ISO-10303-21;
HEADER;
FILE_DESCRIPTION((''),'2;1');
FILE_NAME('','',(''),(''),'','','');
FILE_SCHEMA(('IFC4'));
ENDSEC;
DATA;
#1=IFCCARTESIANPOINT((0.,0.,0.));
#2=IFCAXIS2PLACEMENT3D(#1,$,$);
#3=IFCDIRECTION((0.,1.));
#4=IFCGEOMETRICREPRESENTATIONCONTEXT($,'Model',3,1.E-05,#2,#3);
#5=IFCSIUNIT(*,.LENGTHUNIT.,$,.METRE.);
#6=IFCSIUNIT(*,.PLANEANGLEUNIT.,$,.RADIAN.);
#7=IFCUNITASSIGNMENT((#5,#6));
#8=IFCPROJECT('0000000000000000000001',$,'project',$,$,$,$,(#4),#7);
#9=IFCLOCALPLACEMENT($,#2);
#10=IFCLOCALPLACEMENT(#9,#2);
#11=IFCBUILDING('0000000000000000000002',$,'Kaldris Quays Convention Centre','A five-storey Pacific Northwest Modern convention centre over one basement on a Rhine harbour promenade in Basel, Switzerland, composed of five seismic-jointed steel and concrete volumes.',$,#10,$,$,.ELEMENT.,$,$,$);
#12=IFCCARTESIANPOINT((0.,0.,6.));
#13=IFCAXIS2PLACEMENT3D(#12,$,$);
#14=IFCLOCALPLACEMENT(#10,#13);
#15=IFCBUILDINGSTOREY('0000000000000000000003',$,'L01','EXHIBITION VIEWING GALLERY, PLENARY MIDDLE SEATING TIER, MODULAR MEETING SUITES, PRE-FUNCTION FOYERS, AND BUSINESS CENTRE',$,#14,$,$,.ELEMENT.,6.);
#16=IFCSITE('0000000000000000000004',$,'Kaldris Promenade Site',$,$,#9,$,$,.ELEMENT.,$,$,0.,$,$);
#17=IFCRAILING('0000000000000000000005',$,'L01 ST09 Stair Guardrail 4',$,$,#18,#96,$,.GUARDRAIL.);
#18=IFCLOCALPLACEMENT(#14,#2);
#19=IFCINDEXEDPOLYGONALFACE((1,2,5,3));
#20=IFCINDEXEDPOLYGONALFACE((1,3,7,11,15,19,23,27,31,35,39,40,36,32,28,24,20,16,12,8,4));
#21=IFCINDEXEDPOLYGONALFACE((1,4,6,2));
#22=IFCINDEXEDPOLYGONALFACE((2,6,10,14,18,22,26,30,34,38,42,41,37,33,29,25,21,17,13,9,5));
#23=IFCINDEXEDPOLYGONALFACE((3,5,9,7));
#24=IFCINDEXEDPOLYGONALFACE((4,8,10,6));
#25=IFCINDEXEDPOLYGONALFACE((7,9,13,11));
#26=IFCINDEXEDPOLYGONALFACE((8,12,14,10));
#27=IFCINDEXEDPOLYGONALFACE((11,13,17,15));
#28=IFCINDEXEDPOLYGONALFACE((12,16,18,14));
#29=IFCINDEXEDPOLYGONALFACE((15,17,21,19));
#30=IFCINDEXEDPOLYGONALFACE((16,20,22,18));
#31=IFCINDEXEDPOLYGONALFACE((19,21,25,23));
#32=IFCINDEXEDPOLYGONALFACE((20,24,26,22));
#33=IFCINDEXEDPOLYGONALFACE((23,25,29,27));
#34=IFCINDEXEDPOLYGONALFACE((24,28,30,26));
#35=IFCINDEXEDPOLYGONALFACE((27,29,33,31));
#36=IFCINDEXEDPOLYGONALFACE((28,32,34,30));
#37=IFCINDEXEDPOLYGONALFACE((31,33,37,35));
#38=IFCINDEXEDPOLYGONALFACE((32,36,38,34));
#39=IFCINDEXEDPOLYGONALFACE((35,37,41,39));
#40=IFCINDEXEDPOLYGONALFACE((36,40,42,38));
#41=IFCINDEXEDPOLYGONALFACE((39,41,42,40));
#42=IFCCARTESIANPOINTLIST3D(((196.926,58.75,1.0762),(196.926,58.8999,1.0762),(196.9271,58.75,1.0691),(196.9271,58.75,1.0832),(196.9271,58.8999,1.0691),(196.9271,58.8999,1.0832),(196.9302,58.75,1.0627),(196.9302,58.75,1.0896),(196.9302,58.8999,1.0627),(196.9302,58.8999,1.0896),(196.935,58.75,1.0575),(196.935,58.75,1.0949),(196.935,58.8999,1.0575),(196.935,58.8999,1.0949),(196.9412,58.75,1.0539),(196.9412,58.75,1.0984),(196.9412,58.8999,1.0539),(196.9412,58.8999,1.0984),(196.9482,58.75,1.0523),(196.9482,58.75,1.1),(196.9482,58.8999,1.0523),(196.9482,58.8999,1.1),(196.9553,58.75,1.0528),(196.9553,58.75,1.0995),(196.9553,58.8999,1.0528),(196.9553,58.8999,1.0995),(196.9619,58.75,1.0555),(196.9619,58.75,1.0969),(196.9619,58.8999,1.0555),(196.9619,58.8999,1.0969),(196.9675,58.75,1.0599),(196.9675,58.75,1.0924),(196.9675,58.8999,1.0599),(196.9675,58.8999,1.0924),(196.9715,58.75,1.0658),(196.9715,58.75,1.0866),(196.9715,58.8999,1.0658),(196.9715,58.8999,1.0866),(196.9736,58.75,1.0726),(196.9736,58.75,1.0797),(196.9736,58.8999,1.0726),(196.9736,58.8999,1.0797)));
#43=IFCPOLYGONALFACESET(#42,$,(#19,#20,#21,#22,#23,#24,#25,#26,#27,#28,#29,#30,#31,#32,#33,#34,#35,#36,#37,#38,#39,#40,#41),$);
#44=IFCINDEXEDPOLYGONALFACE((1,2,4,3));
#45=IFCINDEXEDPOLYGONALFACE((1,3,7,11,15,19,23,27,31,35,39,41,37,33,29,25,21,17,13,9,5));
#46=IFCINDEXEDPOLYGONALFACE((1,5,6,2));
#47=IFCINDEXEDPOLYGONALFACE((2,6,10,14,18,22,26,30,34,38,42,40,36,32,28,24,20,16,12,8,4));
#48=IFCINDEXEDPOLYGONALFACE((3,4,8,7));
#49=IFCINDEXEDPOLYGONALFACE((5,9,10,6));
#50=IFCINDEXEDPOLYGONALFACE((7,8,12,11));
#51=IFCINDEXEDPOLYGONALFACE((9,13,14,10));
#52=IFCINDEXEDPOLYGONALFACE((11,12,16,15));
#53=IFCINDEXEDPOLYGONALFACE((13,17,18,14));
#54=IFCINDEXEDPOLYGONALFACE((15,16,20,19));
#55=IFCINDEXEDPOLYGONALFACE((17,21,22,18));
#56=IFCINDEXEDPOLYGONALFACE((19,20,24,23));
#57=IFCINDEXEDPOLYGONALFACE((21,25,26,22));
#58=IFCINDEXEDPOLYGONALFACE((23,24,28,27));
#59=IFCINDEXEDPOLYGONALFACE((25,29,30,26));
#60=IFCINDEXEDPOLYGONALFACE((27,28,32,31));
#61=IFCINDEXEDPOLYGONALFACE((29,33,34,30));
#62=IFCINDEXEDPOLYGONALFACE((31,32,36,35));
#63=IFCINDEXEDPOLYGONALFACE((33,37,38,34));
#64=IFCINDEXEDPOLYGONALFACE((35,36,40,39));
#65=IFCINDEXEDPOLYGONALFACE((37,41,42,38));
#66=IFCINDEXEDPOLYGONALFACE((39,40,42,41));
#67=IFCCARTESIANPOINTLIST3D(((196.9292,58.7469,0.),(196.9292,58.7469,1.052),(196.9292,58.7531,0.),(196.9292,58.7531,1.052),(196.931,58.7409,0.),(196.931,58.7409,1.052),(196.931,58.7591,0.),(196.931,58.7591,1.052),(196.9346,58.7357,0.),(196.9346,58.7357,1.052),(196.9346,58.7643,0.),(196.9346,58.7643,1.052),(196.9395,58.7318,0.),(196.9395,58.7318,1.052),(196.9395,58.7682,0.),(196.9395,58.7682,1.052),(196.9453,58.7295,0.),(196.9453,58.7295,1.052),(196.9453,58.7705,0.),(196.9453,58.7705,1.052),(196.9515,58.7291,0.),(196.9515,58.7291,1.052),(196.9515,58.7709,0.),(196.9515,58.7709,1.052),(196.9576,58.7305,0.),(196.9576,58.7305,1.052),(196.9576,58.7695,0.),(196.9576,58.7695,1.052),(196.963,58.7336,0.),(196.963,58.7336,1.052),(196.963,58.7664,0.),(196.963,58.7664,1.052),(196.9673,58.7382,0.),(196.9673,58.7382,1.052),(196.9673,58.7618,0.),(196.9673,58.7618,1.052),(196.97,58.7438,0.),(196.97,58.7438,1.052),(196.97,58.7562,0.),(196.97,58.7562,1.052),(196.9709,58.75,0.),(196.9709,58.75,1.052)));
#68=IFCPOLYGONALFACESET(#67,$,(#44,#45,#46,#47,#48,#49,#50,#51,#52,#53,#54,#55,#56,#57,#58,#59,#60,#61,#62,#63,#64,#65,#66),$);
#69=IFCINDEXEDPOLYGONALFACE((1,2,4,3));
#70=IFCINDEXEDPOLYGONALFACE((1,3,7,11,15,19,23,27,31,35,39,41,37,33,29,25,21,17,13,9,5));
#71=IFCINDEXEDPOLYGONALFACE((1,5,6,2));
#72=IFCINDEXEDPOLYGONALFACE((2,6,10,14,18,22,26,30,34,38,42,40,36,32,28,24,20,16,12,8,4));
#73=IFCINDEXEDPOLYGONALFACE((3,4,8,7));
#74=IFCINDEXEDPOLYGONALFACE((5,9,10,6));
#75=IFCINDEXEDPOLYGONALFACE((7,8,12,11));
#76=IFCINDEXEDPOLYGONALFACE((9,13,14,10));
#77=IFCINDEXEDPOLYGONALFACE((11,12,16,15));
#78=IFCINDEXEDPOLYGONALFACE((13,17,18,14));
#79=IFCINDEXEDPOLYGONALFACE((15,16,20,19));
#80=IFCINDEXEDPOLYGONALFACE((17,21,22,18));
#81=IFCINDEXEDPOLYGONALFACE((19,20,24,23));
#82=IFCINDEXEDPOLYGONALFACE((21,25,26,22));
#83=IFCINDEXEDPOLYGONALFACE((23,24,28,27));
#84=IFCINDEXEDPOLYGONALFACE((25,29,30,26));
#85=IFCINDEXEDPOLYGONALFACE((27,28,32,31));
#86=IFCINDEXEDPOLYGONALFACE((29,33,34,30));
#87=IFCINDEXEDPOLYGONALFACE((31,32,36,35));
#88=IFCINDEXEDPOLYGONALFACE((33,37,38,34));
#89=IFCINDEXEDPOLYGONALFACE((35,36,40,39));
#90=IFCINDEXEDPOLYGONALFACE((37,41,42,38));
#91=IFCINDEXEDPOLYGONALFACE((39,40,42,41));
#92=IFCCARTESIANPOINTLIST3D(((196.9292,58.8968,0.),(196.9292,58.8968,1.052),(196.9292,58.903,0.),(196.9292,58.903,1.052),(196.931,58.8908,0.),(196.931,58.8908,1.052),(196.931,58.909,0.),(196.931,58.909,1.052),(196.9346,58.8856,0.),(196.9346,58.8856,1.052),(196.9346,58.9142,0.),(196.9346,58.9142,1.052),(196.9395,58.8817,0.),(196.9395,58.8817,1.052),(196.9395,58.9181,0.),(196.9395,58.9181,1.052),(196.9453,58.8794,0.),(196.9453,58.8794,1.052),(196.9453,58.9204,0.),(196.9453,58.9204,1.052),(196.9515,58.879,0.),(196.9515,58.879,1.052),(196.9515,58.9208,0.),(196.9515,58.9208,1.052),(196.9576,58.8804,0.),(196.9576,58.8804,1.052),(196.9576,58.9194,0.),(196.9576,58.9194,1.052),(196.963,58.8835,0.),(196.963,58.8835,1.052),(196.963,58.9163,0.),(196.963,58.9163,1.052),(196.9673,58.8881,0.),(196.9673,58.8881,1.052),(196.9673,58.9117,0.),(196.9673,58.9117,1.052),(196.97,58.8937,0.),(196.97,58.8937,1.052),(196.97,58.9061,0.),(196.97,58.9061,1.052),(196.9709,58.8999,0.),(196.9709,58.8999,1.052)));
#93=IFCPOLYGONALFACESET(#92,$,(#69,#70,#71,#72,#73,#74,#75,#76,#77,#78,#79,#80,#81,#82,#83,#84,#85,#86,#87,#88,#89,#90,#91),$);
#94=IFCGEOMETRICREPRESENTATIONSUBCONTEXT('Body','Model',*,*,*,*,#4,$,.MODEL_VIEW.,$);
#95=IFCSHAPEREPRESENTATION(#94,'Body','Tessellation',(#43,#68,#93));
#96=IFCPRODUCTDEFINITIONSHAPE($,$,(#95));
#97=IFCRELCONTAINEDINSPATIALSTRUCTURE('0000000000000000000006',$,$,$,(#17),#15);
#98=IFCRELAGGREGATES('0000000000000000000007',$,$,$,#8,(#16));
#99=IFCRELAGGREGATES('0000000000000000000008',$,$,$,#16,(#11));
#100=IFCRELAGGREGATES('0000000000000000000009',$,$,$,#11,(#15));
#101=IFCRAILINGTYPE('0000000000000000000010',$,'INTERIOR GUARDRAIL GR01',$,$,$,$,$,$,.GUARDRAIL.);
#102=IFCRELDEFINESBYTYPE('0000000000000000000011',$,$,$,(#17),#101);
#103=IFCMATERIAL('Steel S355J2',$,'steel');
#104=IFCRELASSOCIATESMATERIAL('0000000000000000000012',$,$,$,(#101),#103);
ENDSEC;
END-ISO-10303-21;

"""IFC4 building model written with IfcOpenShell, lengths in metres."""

from ifc_helpers import new_model, si_unit, direction, frame, origin, origin_2d, place, context, subcontext, project, spatial, circle, extrude, material, type_object, element, save


model = new_model("IFC4")

# Units and contexts
model_context = context("Model", 3, precision=1e-05, world=origin(), true_north=direction((0.0, 1.0)))
body_context = subcontext(model_context, "Body", "Model", "MODEL_VIEW")
ifc_project = project(units=[si_unit("LENGTHUNIT", "METRE"), si_unit("PLANEANGLEUNIT", "RADIAN")], contexts=[model_context])

# Site, building, storey
site_placement = place(None, origin())
site = spatial("IfcSite", under=ifc_project, at=site_placement, Name="Kaldris Promenade Site", CompositionType="ELEMENT", RefElevation=0.0)
building_placement = place(site_placement, origin())
building = spatial("IfcBuilding", under=site, at=building_placement, Name="Kaldris Quays Convention Centre", Description="A five-storey Pacific Northwest Modern convention centre over one basement on a Rhine harbour promenade in Basel, Switzerland, composed of five seismic-jointed steel and concrete volumes.", CompositionType="ELEMENT")
storey_placement = place(building_placement, frame((0.0, 0.0, 6.0)))
storey = spatial("IfcBuildingStorey", under=building, at=storey_placement, Name="L01", Description="EXHIBITION VIEWING GALLERY, PLENARY MIDDLE SEATING TIER, MODULAR MEETING SUITES, PRE-FUNCTION FOYERS, AND BUSINESS CENTRE", CompositionType="ELEMENT", Elevation=6.0)

# Railing
ifc_material_1 = material(Name="Steel S355J2", Category="steel")
railing_type_1 = type_object("IfcRailingType", Name="INTERIOR GUARDRAIL GR01", PredefinedType="GUARDRAIL", material=ifc_material_1)
railing_1_placement = place(storey_placement, frame((196.95, 58.75, 0.0)))
element("IfcRailing", 1, at=railing_1_placement, inside=storey, type_object=railing_type_1, Name="L01 ST09 Stair Guardrail 4", PredefinedType="GUARDRAIL", context=body_context, shape_type="SweptSolid", body=[
    extrude(circle(Radius=0.0239, at=origin_2d()), frame((0.0, 0.0, 1.0762), z_axis=(0.0, 1.0, 0.0), x_axis=(-1.0, 0.0, 0.0)), (0.0, 0.0, 1.0), 0.1499),
    extrude(circle(Radius=0.021, at=origin_2d()), origin(), (0.0, 0.0, 1.0), 1.052),
    extrude(circle(Radius=0.021, at=origin_2d()), frame((0.0, 0.1499, 0.0)), (0.0, 0.0, 1.0), 1.052),
])

save(model, "model.ifc")
